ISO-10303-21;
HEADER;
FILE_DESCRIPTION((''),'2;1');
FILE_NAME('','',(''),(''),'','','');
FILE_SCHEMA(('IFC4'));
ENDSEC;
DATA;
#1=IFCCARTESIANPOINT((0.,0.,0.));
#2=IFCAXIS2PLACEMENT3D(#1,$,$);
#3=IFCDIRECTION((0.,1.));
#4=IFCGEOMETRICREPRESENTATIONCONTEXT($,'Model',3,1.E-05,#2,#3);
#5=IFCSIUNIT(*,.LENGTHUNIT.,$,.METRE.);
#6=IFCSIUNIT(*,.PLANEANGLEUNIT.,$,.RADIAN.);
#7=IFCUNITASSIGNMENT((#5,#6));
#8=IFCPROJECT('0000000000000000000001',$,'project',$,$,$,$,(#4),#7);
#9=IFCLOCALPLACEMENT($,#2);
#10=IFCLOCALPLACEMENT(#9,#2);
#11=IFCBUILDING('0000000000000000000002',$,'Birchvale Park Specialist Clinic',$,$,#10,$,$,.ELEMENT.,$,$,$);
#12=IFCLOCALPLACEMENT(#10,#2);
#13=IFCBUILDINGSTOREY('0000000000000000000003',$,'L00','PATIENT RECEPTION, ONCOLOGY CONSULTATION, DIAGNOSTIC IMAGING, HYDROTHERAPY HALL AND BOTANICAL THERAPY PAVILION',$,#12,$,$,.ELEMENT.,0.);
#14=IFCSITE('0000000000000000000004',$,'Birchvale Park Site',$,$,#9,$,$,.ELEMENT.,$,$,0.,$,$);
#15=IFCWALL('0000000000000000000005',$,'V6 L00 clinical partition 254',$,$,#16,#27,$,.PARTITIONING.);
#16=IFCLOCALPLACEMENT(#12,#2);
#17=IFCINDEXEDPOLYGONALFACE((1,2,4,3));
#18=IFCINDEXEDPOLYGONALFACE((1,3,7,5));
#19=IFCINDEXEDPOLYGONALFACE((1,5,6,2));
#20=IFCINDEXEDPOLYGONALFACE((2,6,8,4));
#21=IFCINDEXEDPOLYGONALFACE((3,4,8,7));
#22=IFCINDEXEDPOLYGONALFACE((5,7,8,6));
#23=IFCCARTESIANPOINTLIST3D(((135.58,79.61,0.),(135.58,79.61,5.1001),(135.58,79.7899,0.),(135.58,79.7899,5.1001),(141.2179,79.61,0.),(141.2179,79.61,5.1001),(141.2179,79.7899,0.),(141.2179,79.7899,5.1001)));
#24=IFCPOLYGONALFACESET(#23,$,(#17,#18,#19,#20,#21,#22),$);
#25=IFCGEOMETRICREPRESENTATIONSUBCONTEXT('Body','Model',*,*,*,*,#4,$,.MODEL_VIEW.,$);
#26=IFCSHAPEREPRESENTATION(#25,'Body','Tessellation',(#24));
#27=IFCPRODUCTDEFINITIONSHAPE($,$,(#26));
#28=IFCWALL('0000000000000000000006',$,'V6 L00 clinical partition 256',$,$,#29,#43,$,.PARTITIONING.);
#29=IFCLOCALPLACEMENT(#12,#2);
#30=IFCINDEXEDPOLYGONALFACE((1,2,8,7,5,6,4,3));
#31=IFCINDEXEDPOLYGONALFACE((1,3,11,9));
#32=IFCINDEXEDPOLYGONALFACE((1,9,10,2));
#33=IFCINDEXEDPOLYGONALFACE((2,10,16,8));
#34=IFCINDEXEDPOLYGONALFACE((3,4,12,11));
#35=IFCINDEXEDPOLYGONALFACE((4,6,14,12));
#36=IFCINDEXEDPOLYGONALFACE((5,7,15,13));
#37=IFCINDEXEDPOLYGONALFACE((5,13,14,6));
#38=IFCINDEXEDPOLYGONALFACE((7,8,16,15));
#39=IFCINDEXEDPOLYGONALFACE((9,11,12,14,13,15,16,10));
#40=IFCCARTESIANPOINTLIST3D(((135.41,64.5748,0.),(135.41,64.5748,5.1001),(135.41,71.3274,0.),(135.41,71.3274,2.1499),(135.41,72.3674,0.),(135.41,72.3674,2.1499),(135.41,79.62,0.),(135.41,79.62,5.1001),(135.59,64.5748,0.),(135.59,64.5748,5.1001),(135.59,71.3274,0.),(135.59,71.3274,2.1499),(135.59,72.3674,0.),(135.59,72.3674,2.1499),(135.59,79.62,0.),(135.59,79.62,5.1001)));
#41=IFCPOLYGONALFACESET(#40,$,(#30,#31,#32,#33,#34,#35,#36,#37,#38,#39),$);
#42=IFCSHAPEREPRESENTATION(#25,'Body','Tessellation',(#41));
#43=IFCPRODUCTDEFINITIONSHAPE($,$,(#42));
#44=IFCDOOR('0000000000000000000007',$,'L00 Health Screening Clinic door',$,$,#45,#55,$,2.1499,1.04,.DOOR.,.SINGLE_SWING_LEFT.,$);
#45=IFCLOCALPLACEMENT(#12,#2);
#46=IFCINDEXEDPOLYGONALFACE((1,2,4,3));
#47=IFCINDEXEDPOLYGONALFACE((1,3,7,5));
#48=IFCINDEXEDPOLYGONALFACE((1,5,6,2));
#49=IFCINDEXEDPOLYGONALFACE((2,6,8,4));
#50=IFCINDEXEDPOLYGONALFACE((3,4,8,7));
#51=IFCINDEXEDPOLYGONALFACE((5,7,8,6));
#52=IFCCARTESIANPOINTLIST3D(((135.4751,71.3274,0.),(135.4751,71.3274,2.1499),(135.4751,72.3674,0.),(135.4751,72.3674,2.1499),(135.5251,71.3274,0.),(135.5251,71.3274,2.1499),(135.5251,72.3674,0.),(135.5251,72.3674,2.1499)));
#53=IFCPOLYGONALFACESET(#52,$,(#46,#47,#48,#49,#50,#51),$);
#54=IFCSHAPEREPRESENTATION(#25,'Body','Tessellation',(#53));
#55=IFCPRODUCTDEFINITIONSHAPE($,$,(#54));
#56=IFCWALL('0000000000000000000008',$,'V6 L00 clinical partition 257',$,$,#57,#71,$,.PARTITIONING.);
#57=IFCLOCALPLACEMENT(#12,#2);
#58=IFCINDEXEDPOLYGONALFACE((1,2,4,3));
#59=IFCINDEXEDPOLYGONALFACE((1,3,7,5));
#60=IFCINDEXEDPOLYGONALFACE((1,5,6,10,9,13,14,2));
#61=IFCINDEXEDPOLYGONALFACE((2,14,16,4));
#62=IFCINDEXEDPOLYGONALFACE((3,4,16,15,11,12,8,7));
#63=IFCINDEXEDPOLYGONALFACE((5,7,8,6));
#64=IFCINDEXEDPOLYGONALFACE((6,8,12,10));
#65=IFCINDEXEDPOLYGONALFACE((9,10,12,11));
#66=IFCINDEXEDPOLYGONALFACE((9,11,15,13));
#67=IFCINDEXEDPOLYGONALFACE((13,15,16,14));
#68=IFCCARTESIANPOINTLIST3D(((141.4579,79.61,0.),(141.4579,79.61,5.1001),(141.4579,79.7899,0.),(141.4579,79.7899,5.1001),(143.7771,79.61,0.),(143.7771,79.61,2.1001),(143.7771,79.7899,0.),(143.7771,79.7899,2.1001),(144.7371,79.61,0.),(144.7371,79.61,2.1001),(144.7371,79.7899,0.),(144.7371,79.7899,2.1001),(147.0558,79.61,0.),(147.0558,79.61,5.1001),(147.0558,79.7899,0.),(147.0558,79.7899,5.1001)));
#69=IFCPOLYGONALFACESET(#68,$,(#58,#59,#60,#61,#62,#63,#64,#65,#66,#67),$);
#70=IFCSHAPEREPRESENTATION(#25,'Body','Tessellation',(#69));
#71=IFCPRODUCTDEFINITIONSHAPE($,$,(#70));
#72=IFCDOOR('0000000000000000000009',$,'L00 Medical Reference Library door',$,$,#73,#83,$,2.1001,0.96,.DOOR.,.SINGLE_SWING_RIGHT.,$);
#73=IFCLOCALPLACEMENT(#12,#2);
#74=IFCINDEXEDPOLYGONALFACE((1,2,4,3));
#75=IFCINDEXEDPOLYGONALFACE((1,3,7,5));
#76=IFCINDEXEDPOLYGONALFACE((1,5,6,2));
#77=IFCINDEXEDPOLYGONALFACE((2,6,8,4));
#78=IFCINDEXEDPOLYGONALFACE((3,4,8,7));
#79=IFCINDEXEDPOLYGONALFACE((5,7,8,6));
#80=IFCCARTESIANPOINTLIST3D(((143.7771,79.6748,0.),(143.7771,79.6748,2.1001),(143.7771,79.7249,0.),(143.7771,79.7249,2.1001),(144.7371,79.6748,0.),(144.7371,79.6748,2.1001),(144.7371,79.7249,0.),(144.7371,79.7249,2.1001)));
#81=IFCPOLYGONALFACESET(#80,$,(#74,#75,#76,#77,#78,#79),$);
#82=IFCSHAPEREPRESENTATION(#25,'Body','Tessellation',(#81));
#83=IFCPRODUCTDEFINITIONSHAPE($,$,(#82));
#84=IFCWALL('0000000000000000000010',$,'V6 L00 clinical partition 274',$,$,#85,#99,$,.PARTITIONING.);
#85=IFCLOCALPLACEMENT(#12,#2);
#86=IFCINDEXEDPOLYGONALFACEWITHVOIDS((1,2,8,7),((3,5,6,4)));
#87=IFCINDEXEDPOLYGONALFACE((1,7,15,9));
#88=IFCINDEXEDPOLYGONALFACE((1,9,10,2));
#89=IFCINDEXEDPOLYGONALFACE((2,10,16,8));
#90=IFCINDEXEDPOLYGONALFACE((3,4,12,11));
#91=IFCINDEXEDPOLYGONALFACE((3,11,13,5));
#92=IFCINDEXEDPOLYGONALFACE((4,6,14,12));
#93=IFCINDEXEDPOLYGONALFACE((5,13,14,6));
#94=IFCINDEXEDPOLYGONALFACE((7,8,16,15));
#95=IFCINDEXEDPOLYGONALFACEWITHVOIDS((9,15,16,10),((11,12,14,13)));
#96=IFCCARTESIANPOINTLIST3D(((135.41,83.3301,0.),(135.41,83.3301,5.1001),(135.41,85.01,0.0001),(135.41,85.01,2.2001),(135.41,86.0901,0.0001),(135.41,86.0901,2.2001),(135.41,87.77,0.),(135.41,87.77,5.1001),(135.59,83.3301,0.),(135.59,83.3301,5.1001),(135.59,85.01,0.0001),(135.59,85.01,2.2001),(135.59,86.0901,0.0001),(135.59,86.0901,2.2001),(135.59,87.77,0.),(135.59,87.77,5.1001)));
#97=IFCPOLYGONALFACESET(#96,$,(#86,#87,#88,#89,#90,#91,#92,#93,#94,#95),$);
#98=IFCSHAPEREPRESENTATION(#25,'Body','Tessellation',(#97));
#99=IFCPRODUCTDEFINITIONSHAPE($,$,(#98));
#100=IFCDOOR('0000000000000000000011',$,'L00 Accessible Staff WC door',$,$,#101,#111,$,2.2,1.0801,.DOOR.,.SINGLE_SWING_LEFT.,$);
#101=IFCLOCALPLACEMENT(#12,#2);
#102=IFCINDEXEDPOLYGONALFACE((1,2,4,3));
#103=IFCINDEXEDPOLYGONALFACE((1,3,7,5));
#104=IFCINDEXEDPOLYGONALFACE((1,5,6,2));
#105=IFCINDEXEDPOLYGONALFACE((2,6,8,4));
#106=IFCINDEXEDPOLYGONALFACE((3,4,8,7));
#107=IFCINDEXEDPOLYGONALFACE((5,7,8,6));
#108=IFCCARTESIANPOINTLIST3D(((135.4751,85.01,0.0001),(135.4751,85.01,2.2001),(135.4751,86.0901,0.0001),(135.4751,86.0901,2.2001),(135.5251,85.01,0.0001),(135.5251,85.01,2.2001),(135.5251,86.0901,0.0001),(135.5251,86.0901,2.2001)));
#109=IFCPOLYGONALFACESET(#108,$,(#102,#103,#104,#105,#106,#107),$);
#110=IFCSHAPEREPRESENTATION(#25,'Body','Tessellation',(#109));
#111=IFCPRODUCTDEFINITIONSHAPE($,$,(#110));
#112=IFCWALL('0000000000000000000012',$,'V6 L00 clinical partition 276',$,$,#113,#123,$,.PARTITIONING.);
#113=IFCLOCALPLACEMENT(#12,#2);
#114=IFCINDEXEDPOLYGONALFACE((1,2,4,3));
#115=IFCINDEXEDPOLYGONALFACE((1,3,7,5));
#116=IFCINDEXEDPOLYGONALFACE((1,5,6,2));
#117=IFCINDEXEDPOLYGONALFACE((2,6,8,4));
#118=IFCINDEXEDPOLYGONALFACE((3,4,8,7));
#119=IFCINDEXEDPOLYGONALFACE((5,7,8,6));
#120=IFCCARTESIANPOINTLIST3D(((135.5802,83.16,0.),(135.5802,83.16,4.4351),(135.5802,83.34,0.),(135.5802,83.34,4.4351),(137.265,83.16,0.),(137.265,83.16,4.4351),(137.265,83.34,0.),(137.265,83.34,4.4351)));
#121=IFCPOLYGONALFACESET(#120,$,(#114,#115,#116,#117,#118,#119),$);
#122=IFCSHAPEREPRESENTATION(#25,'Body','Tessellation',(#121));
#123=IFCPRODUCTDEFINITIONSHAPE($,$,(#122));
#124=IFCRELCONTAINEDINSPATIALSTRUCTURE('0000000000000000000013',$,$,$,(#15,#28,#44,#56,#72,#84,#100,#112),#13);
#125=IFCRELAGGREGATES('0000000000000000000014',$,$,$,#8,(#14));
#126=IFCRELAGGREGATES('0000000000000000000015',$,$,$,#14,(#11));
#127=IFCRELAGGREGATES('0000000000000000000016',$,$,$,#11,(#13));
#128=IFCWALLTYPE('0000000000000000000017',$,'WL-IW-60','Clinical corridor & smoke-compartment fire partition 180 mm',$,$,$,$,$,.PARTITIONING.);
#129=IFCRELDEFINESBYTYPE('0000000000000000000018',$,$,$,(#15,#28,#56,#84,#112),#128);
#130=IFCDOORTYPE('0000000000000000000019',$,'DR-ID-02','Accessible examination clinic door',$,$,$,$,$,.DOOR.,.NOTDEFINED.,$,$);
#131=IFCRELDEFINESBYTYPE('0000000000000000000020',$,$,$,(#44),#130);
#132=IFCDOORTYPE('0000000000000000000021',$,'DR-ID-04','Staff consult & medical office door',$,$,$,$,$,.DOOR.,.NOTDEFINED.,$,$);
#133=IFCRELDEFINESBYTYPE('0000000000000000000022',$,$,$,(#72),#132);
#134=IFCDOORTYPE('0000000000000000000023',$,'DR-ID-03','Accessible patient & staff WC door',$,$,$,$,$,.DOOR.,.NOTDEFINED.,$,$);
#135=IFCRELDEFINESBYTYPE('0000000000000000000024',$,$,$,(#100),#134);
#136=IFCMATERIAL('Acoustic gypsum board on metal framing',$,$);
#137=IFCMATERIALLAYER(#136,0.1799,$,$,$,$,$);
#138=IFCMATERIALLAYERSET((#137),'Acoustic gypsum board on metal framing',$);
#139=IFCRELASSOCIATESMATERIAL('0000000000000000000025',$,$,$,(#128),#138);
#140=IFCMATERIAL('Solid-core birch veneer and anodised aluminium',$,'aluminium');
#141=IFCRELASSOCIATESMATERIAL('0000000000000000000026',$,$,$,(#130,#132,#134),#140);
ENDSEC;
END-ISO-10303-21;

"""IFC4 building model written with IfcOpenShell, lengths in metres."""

from ifc_helpers import new_model, si_unit, direction, frame, frame_2d, origin, place, context, subcontext, project, spatial, rectangle, extrude, material, layer, layer_set, type_object, element, fill, save


model = new_model("IFC4")

# Units and contexts
model_context = context("Model", 3, precision=1e-05, world=origin(), true_north=direction((0.0, 1.0)))
body_context = subcontext(model_context, "Body", "Model", "MODEL_VIEW")
ifc_project = project(units=[si_unit("LENGTHUNIT", "METRE"), si_unit("PLANEANGLEUNIT", "RADIAN")], contexts=[model_context])

# Site, building, storey
site_placement = place(None, origin())
site = spatial("IfcSite", under=ifc_project, at=site_placement, Name="Birchvale Park Site", CompositionType="ELEMENT", RefElevation=0.0)
building_placement = place(site_placement, origin())
building = spatial("IfcBuilding", under=site, at=building_placement, Name="Birchvale Park Specialist Clinic", CompositionType="ELEMENT")
storey_placement = place(building_placement, origin())
storey = spatial("IfcBuildingStorey", under=building, at=storey_placement, Name="L00", Description="PATIENT RECEPTION, ONCOLOGY CONSULTATION, DIAGNOSTIC IMAGING, HYDROTHERAPY HALL AND BOTANICAL THERAPY PAVILION", CompositionType="ELEMENT", Elevation=0.0)

# Shared definitions
ifc_material_1 = material(Name="Solid-core birch veneer and anodised aluminium", Category="aluminium")

# Wall
ifc_material_2 = material(Name="Acoustic gypsum board on metal framing")
ifc_layer_1 = layer(ifc_material_2, 0.1799)
ifc_layer_set_1 = layer_set([ifc_layer_1], Name="Acoustic gypsum board on metal framing")
wall_type_1 = type_object("IfcWallType", Name="WL-IW-60", Description="Clinical corridor & smoke-compartment fire partition 180 mm", PredefinedType="PARTITIONING", material=ifc_layer_set_1)
wall_1_placement = place(storey_placement, frame((135.5801, 79.7, 0.0), z_axis=(0.0, 0.0, 1.0), x_axis=(1.0, 0.0, 0.0)))
element("IfcWall", 1, at=wall_1_placement, inside=storey, type_object=wall_type_1, Name="V6 L00 clinical partition 254", PredefinedType="PARTITIONING", context=body_context, shape_type="SweptSolid", body=[
    extrude(rectangle(XDim=5.6379, YDim=0.1799, at=frame_2d((2.8188, 0.0))), origin(), (0.0, 0.0, 1.0), 5.1001),
])

# Walls, openings, doors
wall_2_placement = place(storey_placement, frame((135.5, 64.575, 0.0), z_axis=(0.0, 0.0, 1.0), x_axis=(0.0, 1.0, 0.0)))
wall_2 = element("IfcWall", 2, at=wall_2_placement, inside=storey, type_object=wall_type_1, Name="V6 L00 clinical partition 256", PredefinedType="PARTITIONING", context=body_context, shape_type="SweptSolid", body=[
    extrude(rectangle(XDim=15.0452, YDim=0.1799, at=frame_2d((7.5225, 0.0))), origin(), (0.0, 0.0, 1.0), 5.1001),
])
opening_1_placement = place(wall_2_placement, frame((6.7524, 0.0, 0.0)))
opening_1 = element("IfcOpeningElement", 3, at=opening_1_placement, cuts=wall_2, PredefinedType="OPENING", context=body_context, shape_type="SweptSolid", body=[
    extrude(rectangle(XDim=1.04, YDim=2.1499, at=frame_2d((0.52, 1.075))), frame((0.0, 0.1001, 0.0), z_axis=(0.0, -1.0, 0.0), x_axis=(1.0, 0.0, 0.0)), (0.0, 0.0, 1.0), 0.2),
])
door_type_1 = type_object("IfcDoorType", Name="DR-ID-02", Description="Accessible examination clinic door", OperationType="NOTDEFINED", PredefinedType="DOOR", material=ifc_material_1)
door_1_placement = place(opening_1_placement, origin())
door_1 = element("IfcDoor", 4, at=door_1_placement, inside=storey, type_object=door_type_1, Name="L00 Health Screening Clinic door", OperationType="SINGLE_SWING_LEFT", OverallHeight=2.1499, OverallWidth=1.04, PredefinedType="DOOR", context=body_context, shape_type="SweptSolid", body=[
    extrude(rectangle(XDim=1.04, YDim=2.1499, at=frame_2d((0.52, 1.075))), frame((0.0, 0.0249, 0.0), z_axis=(0.0, -1.0, 0.0), x_axis=(1.0, 0.0, 0.0)), (0.0, 0.0, 1.0), 0.05),
])
fill(opening_1, door_1)
wall_3_placement = place(storey_placement, frame((141.458, 79.7, 0.0), z_axis=(0.0, 0.0, 1.0), x_axis=(1.0, 0.0, 0.0)))
wall_3 = element("IfcWall", 5, at=wall_3_placement, inside=storey, type_object=wall_type_1, Name="V6 L00 clinical partition 257", PredefinedType="PARTITIONING", context=body_context, shape_type="SweptSolid", body=[
    extrude(rectangle(XDim=5.5979, YDim=0.1799, at=frame_2d((2.7988, 0.0))), origin(), (0.0, 0.0, 1.0), 5.1001),
])
opening_2_placement = place(wall_3_placement, frame((2.3191, 0.0, 0.0)))
opening_2 = element("IfcOpeningElement", 6, at=opening_2_placement, cuts=wall_3, PredefinedType="OPENING", context=body_context, shape_type="SweptSolid", body=[
    extrude(rectangle(XDim=0.96, YDim=2.1001, at=frame_2d((0.48, 1.05))), frame((0.0, 0.1001, 0.0), z_axis=(0.0, -1.0, 0.0), x_axis=(1.0, 0.0, 0.0)), (0.0, 0.0, 1.0), 0.2),
])
door_type_2 = type_object("IfcDoorType", Name="DR-ID-04", Description="Staff consult & medical office door", OperationType="NOTDEFINED", PredefinedType="DOOR", material=ifc_material_1)
door_2_placement = place(opening_2_placement, origin())
door_2 = element("IfcDoor", 7, at=door_2_placement, inside=storey, type_object=door_type_2, Name="L00 Medical Reference Library door", OperationType="SINGLE_SWING_RIGHT", OverallHeight=2.1001, OverallWidth=0.96, PredefinedType="DOOR", context=body_context, shape_type="SweptSolid", body=[
    extrude(rectangle(XDim=0.96, YDim=2.1001, at=frame_2d((0.48, 1.05))), frame((0.0, 0.0249, 0.0), z_axis=(0.0, -1.0, 0.0), x_axis=(1.0, 0.0, 0.0)), (0.0, 0.0, 1.0), 0.05),
])
fill(opening_2, door_2)
wall_4_placement = place(storey_placement, frame((135.5, 83.3301, 0.0), z_axis=(0.0, 0.0, 1.0), x_axis=(0.0, 1.0, 0.0)))
wall_4 = element("IfcWall", 8, at=wall_4_placement, inside=storey, type_object=wall_type_1, Name="V6 L00 clinical partition 274", PredefinedType="PARTITIONING", context=body_context, shape_type="SweptSolid", body=[
    extrude(rectangle(XDim=4.4399, YDim=0.1799, at=frame_2d((2.22, 0.0))), origin(), (0.0, 0.0, 1.0), 5.1001),
])
opening_3_placement = place(wall_4_placement, frame((1.6799, 0.0, 0.0)))
opening_3 = element("IfcOpeningElement", 9, at=opening_3_placement, cuts=wall_4, PredefinedType="OPENING", context=body_context, shape_type="SweptSolid", body=[
    extrude(rectangle(XDim=1.0801, YDim=2.2, at=frame_2d((0.54, 1.1001))), frame((0.0, 0.1001, 0.0), z_axis=(0.0, -1.0, 0.0), x_axis=(1.0, 0.0, 0.0)), (0.0, 0.0, 1.0), 0.2),
])
door_type_3 = type_object("IfcDoorType", Name="DR-ID-03", Description="Accessible patient & staff WC door", OperationType="NOTDEFINED", PredefinedType="DOOR", material=ifc_material_1)
door_3_placement = place(opening_3_placement, origin())
door_3 = element("IfcDoor", 10, at=door_3_placement, inside=storey, type_object=door_type_3, Name="L00 Accessible Staff WC door", OperationType="SINGLE_SWING_LEFT", OverallHeight=2.2, OverallWidth=1.0801, PredefinedType="DOOR", context=body_context, shape_type="SweptSolid", body=[
    extrude(rectangle(XDim=1.0801, YDim=2.2, at=frame_2d((0.54, 1.1001))), frame((0.0, 0.0249, 0.0), z_axis=(0.0, -1.0, 0.0), x_axis=(1.0, 0.0, 0.0)), (0.0, 0.0, 1.0), 0.05),
])
fill(opening_3, door_3)

# Wall
wall_5_placement = place(storey_placement, frame((137.2649, 83.25, 0.0), z_axis=(0.0, 0.0, 1.0), x_axis=(-1.0, 0.0, 0.0)))
element("IfcWall", 11, at=wall_5_placement, inside=storey, type_object=wall_type_1, Name="V6 L00 clinical partition 276", PredefinedType="PARTITIONING", context=body_context, shape_type="SweptSolid", body=[
    extrude(rectangle(XDim=1.6848, YDim=0.1799, at=frame_2d((0.8423, 0.0))), origin(), (0.0, 0.0, 1.0), 4.4351),
])

save(model, "model.ifc")
